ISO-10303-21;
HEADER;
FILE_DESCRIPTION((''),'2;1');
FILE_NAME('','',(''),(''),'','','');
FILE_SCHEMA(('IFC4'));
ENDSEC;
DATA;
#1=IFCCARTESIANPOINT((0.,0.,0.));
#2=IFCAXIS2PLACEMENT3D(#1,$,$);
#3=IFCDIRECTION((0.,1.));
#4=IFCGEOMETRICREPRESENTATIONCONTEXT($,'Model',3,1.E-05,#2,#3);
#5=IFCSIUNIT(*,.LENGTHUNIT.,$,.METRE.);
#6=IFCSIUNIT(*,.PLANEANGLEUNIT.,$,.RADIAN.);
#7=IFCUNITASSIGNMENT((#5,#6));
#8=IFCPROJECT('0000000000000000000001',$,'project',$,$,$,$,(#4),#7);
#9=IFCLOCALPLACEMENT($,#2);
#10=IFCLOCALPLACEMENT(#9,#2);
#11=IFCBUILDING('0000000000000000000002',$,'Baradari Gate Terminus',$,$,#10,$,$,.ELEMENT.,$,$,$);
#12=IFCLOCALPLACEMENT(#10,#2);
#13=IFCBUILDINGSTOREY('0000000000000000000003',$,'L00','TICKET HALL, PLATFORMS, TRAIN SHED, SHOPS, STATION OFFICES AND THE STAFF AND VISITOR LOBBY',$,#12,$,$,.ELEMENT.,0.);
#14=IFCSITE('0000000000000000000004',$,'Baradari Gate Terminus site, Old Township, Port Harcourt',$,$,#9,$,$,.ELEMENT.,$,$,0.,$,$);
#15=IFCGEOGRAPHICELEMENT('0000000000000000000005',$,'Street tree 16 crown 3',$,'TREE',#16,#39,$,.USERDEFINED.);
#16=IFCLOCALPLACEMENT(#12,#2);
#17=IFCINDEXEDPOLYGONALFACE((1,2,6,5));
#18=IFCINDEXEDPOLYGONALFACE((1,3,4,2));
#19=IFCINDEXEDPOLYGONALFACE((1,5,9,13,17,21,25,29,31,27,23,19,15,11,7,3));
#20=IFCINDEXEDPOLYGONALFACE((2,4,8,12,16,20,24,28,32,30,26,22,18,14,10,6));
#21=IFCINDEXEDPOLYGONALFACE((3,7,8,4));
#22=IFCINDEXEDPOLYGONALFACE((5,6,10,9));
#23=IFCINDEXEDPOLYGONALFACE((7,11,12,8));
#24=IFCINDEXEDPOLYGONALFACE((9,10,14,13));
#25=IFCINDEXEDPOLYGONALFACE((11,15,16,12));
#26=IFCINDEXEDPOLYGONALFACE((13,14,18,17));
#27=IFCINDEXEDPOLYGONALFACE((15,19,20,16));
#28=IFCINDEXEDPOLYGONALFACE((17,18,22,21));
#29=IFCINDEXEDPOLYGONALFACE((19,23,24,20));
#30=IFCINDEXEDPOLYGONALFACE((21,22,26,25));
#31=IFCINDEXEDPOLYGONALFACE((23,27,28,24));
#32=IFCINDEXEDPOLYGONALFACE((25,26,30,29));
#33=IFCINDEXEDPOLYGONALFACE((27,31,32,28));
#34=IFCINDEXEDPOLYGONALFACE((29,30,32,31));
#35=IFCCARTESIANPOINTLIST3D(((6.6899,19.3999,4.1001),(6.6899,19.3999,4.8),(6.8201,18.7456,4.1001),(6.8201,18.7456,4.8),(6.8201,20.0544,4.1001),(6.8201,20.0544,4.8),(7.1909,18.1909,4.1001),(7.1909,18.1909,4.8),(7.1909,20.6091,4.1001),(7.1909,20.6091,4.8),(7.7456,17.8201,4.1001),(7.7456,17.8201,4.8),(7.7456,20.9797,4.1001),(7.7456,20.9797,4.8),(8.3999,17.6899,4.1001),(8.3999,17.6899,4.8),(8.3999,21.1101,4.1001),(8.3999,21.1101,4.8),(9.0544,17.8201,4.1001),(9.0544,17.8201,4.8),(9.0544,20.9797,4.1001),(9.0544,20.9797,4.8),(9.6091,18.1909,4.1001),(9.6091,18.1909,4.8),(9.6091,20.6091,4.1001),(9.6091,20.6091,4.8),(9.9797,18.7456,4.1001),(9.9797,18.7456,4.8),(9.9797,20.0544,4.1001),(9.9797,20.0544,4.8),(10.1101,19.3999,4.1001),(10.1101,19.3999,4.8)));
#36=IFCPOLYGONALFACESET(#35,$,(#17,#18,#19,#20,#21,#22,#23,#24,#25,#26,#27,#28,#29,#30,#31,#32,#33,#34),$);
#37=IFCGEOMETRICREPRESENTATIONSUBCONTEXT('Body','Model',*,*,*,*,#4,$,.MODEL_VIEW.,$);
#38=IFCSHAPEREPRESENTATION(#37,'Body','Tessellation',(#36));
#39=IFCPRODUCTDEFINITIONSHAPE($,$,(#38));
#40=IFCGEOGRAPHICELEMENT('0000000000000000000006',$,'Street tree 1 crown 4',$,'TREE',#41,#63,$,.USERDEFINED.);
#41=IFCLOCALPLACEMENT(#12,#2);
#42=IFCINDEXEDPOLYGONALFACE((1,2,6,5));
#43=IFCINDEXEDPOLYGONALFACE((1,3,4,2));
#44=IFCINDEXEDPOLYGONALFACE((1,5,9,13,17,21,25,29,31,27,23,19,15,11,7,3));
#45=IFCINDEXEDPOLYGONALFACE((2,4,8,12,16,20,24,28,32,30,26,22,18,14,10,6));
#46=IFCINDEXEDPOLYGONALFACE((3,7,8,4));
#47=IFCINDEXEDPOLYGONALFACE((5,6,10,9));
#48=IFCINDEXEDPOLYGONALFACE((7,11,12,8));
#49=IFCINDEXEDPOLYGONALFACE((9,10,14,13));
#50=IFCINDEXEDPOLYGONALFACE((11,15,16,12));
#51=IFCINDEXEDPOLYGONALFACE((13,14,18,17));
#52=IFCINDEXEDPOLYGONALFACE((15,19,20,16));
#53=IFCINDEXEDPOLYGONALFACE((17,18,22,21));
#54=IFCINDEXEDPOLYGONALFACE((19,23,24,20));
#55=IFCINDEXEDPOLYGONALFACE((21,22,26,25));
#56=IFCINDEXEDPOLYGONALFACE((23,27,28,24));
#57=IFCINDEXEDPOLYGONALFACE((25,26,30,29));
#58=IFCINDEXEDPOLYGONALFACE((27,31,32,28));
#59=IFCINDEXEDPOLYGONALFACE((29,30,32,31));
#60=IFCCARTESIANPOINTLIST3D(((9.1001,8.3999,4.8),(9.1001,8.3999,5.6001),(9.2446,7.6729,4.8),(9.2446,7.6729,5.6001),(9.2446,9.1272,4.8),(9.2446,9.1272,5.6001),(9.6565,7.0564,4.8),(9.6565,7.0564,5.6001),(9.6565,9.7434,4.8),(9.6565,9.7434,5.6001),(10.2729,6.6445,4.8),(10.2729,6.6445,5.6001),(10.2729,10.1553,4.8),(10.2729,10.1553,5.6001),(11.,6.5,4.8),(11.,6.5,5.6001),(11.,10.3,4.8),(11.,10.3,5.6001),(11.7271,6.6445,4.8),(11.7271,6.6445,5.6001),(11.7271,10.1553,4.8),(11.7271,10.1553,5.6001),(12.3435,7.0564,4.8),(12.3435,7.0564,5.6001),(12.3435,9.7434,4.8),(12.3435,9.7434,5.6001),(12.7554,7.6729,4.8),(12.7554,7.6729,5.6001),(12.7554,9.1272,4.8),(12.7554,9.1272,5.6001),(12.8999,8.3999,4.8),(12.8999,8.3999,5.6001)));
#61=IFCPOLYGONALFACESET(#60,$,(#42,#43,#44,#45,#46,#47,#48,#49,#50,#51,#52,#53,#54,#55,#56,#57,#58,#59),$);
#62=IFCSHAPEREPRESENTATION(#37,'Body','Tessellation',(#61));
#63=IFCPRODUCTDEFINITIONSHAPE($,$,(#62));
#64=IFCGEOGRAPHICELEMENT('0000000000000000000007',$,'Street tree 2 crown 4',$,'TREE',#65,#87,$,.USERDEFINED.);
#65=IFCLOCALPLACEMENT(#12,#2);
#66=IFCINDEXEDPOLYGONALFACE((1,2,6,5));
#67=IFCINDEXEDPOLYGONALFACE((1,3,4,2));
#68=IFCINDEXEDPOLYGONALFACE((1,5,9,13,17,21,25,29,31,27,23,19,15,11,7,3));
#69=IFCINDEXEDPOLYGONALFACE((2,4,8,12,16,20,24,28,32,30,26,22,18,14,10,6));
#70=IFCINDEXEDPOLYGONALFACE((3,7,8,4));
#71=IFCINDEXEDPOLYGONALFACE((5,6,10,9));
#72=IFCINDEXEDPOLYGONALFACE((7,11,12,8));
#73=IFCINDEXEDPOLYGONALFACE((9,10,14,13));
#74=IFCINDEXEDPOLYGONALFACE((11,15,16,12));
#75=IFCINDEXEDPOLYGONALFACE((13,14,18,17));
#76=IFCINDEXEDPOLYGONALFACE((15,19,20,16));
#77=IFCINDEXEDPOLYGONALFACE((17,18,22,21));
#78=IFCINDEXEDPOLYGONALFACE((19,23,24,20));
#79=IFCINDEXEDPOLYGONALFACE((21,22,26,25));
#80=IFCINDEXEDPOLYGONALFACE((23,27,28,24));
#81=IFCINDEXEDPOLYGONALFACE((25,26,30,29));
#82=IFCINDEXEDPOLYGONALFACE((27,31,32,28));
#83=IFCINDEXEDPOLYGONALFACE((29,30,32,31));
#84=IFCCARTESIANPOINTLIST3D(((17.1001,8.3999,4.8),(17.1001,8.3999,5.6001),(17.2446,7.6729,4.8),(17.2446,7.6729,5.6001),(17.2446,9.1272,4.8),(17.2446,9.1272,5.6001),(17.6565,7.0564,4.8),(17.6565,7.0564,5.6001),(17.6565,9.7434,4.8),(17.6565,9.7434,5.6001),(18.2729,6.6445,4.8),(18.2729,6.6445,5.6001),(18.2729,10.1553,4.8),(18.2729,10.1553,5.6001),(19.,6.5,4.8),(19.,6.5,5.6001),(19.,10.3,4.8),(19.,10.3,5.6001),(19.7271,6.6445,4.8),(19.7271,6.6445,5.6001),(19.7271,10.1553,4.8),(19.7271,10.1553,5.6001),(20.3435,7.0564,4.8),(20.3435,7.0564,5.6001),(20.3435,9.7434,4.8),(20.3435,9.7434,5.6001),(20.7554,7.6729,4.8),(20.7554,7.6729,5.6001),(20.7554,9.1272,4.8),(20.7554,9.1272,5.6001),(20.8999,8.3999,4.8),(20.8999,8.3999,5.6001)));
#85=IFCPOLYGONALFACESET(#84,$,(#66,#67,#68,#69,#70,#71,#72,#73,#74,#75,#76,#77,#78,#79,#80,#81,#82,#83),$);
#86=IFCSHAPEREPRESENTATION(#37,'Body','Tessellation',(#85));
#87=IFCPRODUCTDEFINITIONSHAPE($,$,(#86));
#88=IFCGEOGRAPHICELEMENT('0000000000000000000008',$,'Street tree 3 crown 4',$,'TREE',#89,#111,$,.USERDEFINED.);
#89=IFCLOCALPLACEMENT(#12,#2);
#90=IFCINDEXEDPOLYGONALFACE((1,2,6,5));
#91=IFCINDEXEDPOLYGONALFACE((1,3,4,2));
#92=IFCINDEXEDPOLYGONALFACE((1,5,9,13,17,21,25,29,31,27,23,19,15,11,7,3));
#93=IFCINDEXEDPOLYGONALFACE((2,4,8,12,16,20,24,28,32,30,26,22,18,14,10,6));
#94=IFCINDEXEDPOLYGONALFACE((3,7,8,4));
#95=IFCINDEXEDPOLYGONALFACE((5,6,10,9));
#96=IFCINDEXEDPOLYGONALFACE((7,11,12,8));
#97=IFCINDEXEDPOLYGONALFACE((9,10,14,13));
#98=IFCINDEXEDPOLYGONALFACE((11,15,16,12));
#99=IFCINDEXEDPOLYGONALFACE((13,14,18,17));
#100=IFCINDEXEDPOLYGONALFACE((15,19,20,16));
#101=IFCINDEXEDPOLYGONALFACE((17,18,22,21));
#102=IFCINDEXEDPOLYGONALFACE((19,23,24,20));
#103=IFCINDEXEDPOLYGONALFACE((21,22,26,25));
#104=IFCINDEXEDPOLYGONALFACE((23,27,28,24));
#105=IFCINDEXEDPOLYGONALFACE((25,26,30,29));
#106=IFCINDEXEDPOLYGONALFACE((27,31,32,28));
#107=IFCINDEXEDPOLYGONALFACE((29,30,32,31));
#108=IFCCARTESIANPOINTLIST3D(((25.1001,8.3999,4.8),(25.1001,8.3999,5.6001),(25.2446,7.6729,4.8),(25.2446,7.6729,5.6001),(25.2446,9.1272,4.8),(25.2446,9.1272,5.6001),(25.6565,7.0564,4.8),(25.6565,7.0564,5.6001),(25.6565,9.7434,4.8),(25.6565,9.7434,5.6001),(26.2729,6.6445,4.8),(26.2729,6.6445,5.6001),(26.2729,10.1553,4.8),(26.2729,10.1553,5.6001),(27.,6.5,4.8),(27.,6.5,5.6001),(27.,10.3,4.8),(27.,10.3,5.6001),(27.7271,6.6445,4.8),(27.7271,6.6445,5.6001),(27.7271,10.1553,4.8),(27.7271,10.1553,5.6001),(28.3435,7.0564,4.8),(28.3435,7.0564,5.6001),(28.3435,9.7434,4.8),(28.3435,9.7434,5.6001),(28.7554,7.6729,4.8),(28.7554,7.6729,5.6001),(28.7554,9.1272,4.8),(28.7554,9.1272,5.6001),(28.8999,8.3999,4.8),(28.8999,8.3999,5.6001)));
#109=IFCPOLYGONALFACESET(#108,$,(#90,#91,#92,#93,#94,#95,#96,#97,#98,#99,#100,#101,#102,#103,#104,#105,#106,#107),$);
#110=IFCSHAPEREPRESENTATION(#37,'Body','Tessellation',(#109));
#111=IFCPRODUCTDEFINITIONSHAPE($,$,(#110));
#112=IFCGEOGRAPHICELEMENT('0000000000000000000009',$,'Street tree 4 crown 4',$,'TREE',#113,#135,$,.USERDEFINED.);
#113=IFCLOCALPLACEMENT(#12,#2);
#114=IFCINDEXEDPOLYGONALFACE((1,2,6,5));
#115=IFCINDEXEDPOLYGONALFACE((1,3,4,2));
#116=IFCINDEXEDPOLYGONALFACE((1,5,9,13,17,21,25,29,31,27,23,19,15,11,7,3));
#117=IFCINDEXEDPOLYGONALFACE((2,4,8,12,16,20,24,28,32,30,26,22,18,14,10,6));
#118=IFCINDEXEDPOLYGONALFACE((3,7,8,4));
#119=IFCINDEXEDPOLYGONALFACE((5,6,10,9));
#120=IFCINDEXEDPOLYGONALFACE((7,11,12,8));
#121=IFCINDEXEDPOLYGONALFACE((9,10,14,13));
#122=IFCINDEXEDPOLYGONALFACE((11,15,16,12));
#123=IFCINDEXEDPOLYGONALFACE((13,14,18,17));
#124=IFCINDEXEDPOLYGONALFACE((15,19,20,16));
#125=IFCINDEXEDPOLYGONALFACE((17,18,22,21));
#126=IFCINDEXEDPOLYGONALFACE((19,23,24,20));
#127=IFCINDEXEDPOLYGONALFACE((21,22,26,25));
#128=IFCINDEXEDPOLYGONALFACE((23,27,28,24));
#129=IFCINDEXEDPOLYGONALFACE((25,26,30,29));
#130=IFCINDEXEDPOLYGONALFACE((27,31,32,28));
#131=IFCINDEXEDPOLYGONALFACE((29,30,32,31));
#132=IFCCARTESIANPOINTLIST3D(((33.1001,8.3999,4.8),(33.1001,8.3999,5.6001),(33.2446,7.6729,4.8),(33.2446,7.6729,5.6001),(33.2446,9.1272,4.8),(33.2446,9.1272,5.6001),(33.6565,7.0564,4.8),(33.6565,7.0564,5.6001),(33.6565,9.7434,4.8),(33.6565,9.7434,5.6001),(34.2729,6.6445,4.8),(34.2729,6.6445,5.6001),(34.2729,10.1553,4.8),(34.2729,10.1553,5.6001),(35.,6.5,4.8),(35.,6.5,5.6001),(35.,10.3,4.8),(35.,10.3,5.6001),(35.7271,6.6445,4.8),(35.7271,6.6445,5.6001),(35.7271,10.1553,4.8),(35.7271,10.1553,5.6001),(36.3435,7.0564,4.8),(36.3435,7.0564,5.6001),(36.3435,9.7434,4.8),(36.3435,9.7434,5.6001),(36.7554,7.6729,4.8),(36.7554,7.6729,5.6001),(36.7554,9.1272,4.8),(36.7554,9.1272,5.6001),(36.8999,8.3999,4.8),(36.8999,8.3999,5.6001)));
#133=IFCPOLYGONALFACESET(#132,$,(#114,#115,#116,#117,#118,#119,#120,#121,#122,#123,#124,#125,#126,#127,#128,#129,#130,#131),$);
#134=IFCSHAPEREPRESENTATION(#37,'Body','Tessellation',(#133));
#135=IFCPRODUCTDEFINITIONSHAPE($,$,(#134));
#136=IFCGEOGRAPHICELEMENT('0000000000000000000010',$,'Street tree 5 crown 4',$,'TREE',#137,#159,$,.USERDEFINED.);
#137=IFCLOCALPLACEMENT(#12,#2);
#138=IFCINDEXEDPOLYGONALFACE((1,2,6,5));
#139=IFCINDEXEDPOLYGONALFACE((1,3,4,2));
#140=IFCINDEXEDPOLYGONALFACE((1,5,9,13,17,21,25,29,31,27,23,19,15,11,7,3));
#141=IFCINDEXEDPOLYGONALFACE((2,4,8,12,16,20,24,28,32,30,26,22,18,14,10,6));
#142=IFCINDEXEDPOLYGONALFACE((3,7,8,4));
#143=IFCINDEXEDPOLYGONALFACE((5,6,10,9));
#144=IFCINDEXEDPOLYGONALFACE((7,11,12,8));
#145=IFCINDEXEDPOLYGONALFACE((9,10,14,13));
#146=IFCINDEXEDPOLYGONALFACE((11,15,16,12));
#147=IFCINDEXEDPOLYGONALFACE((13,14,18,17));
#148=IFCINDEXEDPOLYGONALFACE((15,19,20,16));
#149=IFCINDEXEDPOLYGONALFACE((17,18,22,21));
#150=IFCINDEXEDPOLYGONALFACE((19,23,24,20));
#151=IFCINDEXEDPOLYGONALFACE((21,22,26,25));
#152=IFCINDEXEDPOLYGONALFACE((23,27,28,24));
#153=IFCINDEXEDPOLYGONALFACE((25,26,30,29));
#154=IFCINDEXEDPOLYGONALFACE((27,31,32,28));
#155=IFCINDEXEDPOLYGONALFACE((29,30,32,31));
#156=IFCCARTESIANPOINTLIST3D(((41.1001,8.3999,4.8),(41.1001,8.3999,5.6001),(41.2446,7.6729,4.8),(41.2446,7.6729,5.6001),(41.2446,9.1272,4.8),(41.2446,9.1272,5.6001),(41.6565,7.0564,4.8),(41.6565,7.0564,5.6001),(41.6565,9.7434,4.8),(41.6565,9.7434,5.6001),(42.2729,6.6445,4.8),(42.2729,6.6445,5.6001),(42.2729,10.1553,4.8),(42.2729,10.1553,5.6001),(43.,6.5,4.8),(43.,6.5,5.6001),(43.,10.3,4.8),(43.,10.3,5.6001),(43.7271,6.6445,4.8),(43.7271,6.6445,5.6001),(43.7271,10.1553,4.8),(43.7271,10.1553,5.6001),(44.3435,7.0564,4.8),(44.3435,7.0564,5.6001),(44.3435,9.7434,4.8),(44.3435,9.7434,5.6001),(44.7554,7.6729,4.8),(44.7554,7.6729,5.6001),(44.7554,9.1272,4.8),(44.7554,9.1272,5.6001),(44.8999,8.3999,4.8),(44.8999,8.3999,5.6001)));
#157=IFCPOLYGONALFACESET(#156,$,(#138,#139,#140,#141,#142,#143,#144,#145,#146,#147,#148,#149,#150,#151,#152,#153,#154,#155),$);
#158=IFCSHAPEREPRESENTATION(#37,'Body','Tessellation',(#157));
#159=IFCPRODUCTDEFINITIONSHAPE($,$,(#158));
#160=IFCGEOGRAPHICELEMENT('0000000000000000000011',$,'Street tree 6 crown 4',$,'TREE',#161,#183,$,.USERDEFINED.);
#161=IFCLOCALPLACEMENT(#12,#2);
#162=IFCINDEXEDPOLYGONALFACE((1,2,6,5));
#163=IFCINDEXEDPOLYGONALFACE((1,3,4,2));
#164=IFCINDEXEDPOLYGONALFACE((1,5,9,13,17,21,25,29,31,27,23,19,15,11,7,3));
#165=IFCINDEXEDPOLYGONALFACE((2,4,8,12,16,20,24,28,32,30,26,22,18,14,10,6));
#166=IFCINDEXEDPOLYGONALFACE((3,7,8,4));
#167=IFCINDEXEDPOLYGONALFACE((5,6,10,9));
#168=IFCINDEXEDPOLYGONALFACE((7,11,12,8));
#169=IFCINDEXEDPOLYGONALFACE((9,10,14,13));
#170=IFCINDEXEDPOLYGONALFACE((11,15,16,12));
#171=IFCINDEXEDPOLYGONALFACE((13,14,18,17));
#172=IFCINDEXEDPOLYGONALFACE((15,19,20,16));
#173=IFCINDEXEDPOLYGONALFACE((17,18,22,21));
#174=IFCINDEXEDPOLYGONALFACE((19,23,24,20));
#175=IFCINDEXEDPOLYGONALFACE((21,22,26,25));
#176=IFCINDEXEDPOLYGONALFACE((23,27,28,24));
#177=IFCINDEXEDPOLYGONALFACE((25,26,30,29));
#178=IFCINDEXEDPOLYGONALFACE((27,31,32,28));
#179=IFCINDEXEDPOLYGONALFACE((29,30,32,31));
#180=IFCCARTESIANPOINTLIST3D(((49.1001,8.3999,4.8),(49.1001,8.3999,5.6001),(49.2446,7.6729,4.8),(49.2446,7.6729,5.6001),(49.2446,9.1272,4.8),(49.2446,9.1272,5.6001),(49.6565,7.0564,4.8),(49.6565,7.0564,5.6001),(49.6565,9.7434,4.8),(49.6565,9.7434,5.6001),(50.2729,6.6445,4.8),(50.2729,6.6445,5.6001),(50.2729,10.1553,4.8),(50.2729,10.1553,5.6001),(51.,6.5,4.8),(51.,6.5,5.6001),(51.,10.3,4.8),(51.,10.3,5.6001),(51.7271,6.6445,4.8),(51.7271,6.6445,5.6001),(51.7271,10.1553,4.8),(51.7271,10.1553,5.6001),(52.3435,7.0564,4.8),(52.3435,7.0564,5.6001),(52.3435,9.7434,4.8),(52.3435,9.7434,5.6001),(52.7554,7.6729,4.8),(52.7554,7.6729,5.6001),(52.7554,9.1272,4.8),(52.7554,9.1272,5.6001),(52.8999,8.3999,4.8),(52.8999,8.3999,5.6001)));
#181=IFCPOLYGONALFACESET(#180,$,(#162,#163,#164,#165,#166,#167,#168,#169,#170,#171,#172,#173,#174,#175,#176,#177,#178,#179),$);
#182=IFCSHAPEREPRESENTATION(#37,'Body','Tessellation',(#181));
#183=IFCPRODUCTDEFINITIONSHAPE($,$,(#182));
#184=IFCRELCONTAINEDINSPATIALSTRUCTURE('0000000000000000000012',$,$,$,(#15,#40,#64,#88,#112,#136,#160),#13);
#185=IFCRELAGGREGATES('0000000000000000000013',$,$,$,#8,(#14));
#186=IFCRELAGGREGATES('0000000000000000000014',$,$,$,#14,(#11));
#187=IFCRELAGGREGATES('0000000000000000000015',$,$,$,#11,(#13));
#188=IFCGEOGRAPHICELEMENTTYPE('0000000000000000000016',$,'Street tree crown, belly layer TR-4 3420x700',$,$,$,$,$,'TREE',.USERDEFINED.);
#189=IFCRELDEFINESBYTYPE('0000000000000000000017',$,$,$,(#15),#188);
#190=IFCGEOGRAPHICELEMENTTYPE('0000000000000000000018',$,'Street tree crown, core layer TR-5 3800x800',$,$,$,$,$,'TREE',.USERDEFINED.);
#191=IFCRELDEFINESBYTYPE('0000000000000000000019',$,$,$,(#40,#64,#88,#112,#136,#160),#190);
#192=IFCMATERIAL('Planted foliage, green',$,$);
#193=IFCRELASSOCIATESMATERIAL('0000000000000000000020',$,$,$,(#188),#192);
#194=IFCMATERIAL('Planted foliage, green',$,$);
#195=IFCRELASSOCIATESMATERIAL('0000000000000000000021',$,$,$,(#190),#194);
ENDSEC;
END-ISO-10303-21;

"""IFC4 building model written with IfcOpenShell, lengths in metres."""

from ifc_helpers import new_model, si_unit, direction, frame, origin, place, context, subcontext, project, spatial, polyline, outline, extrude, material, type_object, element, save


model = new_model("IFC4")

# Units and contexts
model_context = context("Model", 3, precision=1e-05, world=origin(), true_north=direction((0.0, 1.0)))
body_context = subcontext(model_context, "Body", "Model", "MODEL_VIEW")
ifc_project = project(units=[si_unit("LENGTHUNIT", "METRE"), si_unit("PLANEANGLEUNIT", "RADIAN")], contexts=[model_context])

# Site, building, storey
site_placement = place(None, origin())
site = spatial("IfcSite", under=ifc_project, at=site_placement, Name="Baradari Gate Terminus site, Old Township, Port Harcourt", CompositionType="ELEMENT", RefElevation=0.0)
building_placement = place(site_placement, origin())
building = spatial("IfcBuilding", under=site, at=building_placement, Name="Baradari Gate Terminus", CompositionType="ELEMENT")
storey_placement = place(building_placement, origin())
storey = spatial("IfcBuildingStorey", under=building, at=storey_placement, Name="L00", Description="TICKET HALL, PLATFORMS, TRAIN SHED, SHOPS, STATION OFFICES AND THE STAFF AND VISITOR LOBBY", CompositionType="ELEMENT", Elevation=0.0)

# Geographic elements
ifc_material_1 = material(Name="Planted foliage, green")
geographic_element_type_1 = type_object("IfcGeographicElementType", Name="Street tree crown, belly layer TR-4 3420x700", ElementType="TREE", PredefinedType="USERDEFINED", material=ifc_material_1)
geographic_element_1_placement = place(storey_placement, frame((0.0, 0.0, 4.1001)))
element("IfcGeographicElement", 1, at=geographic_element_1_placement, inside=storey, type_object=geographic_element_type_1, Name="Street tree 16 crown 3", ObjectType="TREE", PredefinedType="USERDEFINED", context=body_context, shape_type="SweptSolid", body=[
    extrude(outline(polyline([(10.1101, 19.3999), (9.9797, 20.0544), (9.6091, 20.6091), (9.0544, 20.9797), (8.3999, 21.1101), (7.7456, 20.9797), (7.1909, 20.6091), (6.8201, 20.0544), (6.6899, 19.3999), (6.8201, 18.7456), (7.1909, 18.1909), (7.7456, 17.8201), (8.3999, 17.6899), (9.0544, 17.8201), (9.6091, 18.1909), (9.9797, 18.7456), (10.1101, 19.3999)])), origin(), (0.0, 0.0, 1.0), 0.7),
])
ifc_material_2 = material(Name="Planted foliage, green")
geographic_element_type_2 = type_object("IfcGeographicElementType", Name="Street tree crown, core layer TR-5 3800x800", ElementType="TREE", PredefinedType="USERDEFINED", material=ifc_material_2)
geographic_element_2_placement = place(storey_placement, frame((0.0, 0.0, 4.8)))
element("IfcGeographicElement", 2, at=geographic_element_2_placement, inside=storey, type_object=geographic_element_type_2, Name="Street tree 1 crown 4", ObjectType="TREE", PredefinedType="USERDEFINED", context=body_context, shape_type="SweptSolid", body=[
    extrude(outline(polyline([(12.8999, 8.3999), (12.7554, 9.1272), (12.3435, 9.7434), (11.7271, 10.1553), (11.0, 10.3), (10.2729, 10.1553), (9.6565, 9.7434), (9.2446, 9.1272), (9.1001, 8.3999), (9.2446, 7.6729), (9.6565, 7.0564), (10.2729, 6.6445), (11.0, 6.5), (11.7271, 6.6445), (12.3435, 7.0564), (12.7554, 7.6729), (12.8999, 8.3999)])), origin(), (0.0, 0.0, 1.0), 0.8),
])
geographic_element_3_placement = place(storey_placement, frame((0.0, 0.0, 4.8)))
element("IfcGeographicElement", 3, at=geographic_element_3_placement, inside=storey, type_object=geographic_element_type_2, Name="Street tree 2 crown 4", ObjectType="TREE", PredefinedType="USERDEFINED", context=body_context, shape_type="SweptSolid", body=[
    extrude(outline(polyline([(20.8999, 8.3999), (20.7554, 9.1272), (20.3435, 9.7434), (19.7271, 10.1553), (19.0, 10.3), (18.2729, 10.1553), (17.6565, 9.7434), (17.2446, 9.1272), (17.1001, 8.3999), (17.2446, 7.6729), (17.6565, 7.0564), (18.2729, 6.6445), (19.0, 6.5), (19.7271, 6.6445), (20.3435, 7.0564), (20.7554, 7.6729), (20.8999, 8.3999)])), origin(), (0.0, 0.0, 1.0), 0.8),
])
geographic_element_4_placement = place(storey_placement, frame((0.0, 0.0, 4.8)))
element("IfcGeographicElement", 4, at=geographic_element_4_placement, inside=storey, type_object=geographic_element_type_2, Name="Street tree 3 crown 4", ObjectType="TREE", PredefinedType="USERDEFINED", context=body_context, shape_type="SweptSolid", body=[
    extrude(outline(polyline([(28.8999, 8.3999), (28.7554, 9.1272), (28.3435, 9.7434), (27.7271, 10.1553), (27.0, 10.3), (26.2729, 10.1553), (25.6565, 9.7434), (25.2446, 9.1272), (25.1001, 8.3999), (25.2446, 7.6729), (25.6565, 7.0564), (26.2729, 6.6445), (27.0, 6.5), (27.7271, 6.6445), (28.3435, 7.0564), (28.7554, 7.6729), (28.8999, 8.3999)])), origin(), (0.0, 0.0, 1.0), 0.8),
])
geographic_element_5_placement = place(storey_placement, frame((0.0, 0.0, 4.8)))
element("IfcGeographicElement", 5, at=geographic_element_5_placement, inside=storey, type_object=geographic_element_type_2, Name="Street tree 4 crown 4", ObjectType="TREE", PredefinedType="USERDEFINED", context=body_context, shape_type="SweptSolid", body=[
    extrude(outline(polyline([(36.8999, 8.3999), (36.7554, 9.1272), (36.3435, 9.7434), (35.7271, 10.1553), (35.0, 10.3), (34.2729, 10.1553), (33.6565, 9.7434), (33.2446, 9.1272), (33.1001, 8.3999), (33.2446, 7.6729), (33.6565, 7.0564), (34.2729, 6.6445), (35.0, 6.5), (35.7271, 6.6445), (36.3435, 7.0564), (36.7554, 7.6729), (36.8999, 8.3999)])), origin(), (0.0, 0.0, 1.0), 0.8),
])
geographic_element_6_placement = place(storey_placement, frame((0.0, 0.0, 4.8)))
element("IfcGeographicElement", 6, at=geographic_element_6_placement, inside=storey, type_object=geographic_element_type_2, Name="Street tree 5 crown 4", ObjectType="TREE", PredefinedType="USERDEFINED", context=body_context, shape_type="SweptSolid", body=[
    extrude(outline(polyline([(44.8999, 8.3999), (44.7554, 9.1272), (44.3435, 9.7434), (43.7271, 10.1553), (43.0, 10.3), (42.2729, 10.1553), (41.6565, 9.7434), (41.2446, 9.1272), (41.1001, 8.3999), (41.2446, 7.6729), (41.6565, 7.0564), (42.2729, 6.6445), (43.0, 6.5), (43.7271, 6.6445), (44.3435, 7.0564), (44.7554, 7.6729), (44.8999, 8.3999)])), origin(), (0.0, 0.0, 1.0), 0.8),
])
geographic_element_7_placement = place(storey_placement, frame((0.0, 0.0, 4.8)))
element("IfcGeographicElement", 7, at=geographic_element_7_placement, inside=storey, type_object=geographic_element_type_2, Name="Street tree 6 crown 4", ObjectType="TREE", PredefinedType="USERDEFINED", context=body_context, shape_type="SweptSolid", body=[
    extrude(outline(polyline([(52.8999, 8.3999), (52.7554, 9.1272), (52.3435, 9.7434), (51.7271, 10.1553), (51.0, 10.3), (50.2729, 10.1553), (49.6565, 9.7434), (49.2446, 9.1272), (49.1001, 8.3999), (49.2446, 7.6729), (49.6565, 7.0564), (50.2729, 6.6445), (51.0, 6.5), (51.7271, 6.6445), (52.3435, 7.0564), (52.7554, 7.6729), (52.8999, 8.3999)])), origin(), (0.0, 0.0, 1.0), 0.8),
])

save(model, "model.ifc")
